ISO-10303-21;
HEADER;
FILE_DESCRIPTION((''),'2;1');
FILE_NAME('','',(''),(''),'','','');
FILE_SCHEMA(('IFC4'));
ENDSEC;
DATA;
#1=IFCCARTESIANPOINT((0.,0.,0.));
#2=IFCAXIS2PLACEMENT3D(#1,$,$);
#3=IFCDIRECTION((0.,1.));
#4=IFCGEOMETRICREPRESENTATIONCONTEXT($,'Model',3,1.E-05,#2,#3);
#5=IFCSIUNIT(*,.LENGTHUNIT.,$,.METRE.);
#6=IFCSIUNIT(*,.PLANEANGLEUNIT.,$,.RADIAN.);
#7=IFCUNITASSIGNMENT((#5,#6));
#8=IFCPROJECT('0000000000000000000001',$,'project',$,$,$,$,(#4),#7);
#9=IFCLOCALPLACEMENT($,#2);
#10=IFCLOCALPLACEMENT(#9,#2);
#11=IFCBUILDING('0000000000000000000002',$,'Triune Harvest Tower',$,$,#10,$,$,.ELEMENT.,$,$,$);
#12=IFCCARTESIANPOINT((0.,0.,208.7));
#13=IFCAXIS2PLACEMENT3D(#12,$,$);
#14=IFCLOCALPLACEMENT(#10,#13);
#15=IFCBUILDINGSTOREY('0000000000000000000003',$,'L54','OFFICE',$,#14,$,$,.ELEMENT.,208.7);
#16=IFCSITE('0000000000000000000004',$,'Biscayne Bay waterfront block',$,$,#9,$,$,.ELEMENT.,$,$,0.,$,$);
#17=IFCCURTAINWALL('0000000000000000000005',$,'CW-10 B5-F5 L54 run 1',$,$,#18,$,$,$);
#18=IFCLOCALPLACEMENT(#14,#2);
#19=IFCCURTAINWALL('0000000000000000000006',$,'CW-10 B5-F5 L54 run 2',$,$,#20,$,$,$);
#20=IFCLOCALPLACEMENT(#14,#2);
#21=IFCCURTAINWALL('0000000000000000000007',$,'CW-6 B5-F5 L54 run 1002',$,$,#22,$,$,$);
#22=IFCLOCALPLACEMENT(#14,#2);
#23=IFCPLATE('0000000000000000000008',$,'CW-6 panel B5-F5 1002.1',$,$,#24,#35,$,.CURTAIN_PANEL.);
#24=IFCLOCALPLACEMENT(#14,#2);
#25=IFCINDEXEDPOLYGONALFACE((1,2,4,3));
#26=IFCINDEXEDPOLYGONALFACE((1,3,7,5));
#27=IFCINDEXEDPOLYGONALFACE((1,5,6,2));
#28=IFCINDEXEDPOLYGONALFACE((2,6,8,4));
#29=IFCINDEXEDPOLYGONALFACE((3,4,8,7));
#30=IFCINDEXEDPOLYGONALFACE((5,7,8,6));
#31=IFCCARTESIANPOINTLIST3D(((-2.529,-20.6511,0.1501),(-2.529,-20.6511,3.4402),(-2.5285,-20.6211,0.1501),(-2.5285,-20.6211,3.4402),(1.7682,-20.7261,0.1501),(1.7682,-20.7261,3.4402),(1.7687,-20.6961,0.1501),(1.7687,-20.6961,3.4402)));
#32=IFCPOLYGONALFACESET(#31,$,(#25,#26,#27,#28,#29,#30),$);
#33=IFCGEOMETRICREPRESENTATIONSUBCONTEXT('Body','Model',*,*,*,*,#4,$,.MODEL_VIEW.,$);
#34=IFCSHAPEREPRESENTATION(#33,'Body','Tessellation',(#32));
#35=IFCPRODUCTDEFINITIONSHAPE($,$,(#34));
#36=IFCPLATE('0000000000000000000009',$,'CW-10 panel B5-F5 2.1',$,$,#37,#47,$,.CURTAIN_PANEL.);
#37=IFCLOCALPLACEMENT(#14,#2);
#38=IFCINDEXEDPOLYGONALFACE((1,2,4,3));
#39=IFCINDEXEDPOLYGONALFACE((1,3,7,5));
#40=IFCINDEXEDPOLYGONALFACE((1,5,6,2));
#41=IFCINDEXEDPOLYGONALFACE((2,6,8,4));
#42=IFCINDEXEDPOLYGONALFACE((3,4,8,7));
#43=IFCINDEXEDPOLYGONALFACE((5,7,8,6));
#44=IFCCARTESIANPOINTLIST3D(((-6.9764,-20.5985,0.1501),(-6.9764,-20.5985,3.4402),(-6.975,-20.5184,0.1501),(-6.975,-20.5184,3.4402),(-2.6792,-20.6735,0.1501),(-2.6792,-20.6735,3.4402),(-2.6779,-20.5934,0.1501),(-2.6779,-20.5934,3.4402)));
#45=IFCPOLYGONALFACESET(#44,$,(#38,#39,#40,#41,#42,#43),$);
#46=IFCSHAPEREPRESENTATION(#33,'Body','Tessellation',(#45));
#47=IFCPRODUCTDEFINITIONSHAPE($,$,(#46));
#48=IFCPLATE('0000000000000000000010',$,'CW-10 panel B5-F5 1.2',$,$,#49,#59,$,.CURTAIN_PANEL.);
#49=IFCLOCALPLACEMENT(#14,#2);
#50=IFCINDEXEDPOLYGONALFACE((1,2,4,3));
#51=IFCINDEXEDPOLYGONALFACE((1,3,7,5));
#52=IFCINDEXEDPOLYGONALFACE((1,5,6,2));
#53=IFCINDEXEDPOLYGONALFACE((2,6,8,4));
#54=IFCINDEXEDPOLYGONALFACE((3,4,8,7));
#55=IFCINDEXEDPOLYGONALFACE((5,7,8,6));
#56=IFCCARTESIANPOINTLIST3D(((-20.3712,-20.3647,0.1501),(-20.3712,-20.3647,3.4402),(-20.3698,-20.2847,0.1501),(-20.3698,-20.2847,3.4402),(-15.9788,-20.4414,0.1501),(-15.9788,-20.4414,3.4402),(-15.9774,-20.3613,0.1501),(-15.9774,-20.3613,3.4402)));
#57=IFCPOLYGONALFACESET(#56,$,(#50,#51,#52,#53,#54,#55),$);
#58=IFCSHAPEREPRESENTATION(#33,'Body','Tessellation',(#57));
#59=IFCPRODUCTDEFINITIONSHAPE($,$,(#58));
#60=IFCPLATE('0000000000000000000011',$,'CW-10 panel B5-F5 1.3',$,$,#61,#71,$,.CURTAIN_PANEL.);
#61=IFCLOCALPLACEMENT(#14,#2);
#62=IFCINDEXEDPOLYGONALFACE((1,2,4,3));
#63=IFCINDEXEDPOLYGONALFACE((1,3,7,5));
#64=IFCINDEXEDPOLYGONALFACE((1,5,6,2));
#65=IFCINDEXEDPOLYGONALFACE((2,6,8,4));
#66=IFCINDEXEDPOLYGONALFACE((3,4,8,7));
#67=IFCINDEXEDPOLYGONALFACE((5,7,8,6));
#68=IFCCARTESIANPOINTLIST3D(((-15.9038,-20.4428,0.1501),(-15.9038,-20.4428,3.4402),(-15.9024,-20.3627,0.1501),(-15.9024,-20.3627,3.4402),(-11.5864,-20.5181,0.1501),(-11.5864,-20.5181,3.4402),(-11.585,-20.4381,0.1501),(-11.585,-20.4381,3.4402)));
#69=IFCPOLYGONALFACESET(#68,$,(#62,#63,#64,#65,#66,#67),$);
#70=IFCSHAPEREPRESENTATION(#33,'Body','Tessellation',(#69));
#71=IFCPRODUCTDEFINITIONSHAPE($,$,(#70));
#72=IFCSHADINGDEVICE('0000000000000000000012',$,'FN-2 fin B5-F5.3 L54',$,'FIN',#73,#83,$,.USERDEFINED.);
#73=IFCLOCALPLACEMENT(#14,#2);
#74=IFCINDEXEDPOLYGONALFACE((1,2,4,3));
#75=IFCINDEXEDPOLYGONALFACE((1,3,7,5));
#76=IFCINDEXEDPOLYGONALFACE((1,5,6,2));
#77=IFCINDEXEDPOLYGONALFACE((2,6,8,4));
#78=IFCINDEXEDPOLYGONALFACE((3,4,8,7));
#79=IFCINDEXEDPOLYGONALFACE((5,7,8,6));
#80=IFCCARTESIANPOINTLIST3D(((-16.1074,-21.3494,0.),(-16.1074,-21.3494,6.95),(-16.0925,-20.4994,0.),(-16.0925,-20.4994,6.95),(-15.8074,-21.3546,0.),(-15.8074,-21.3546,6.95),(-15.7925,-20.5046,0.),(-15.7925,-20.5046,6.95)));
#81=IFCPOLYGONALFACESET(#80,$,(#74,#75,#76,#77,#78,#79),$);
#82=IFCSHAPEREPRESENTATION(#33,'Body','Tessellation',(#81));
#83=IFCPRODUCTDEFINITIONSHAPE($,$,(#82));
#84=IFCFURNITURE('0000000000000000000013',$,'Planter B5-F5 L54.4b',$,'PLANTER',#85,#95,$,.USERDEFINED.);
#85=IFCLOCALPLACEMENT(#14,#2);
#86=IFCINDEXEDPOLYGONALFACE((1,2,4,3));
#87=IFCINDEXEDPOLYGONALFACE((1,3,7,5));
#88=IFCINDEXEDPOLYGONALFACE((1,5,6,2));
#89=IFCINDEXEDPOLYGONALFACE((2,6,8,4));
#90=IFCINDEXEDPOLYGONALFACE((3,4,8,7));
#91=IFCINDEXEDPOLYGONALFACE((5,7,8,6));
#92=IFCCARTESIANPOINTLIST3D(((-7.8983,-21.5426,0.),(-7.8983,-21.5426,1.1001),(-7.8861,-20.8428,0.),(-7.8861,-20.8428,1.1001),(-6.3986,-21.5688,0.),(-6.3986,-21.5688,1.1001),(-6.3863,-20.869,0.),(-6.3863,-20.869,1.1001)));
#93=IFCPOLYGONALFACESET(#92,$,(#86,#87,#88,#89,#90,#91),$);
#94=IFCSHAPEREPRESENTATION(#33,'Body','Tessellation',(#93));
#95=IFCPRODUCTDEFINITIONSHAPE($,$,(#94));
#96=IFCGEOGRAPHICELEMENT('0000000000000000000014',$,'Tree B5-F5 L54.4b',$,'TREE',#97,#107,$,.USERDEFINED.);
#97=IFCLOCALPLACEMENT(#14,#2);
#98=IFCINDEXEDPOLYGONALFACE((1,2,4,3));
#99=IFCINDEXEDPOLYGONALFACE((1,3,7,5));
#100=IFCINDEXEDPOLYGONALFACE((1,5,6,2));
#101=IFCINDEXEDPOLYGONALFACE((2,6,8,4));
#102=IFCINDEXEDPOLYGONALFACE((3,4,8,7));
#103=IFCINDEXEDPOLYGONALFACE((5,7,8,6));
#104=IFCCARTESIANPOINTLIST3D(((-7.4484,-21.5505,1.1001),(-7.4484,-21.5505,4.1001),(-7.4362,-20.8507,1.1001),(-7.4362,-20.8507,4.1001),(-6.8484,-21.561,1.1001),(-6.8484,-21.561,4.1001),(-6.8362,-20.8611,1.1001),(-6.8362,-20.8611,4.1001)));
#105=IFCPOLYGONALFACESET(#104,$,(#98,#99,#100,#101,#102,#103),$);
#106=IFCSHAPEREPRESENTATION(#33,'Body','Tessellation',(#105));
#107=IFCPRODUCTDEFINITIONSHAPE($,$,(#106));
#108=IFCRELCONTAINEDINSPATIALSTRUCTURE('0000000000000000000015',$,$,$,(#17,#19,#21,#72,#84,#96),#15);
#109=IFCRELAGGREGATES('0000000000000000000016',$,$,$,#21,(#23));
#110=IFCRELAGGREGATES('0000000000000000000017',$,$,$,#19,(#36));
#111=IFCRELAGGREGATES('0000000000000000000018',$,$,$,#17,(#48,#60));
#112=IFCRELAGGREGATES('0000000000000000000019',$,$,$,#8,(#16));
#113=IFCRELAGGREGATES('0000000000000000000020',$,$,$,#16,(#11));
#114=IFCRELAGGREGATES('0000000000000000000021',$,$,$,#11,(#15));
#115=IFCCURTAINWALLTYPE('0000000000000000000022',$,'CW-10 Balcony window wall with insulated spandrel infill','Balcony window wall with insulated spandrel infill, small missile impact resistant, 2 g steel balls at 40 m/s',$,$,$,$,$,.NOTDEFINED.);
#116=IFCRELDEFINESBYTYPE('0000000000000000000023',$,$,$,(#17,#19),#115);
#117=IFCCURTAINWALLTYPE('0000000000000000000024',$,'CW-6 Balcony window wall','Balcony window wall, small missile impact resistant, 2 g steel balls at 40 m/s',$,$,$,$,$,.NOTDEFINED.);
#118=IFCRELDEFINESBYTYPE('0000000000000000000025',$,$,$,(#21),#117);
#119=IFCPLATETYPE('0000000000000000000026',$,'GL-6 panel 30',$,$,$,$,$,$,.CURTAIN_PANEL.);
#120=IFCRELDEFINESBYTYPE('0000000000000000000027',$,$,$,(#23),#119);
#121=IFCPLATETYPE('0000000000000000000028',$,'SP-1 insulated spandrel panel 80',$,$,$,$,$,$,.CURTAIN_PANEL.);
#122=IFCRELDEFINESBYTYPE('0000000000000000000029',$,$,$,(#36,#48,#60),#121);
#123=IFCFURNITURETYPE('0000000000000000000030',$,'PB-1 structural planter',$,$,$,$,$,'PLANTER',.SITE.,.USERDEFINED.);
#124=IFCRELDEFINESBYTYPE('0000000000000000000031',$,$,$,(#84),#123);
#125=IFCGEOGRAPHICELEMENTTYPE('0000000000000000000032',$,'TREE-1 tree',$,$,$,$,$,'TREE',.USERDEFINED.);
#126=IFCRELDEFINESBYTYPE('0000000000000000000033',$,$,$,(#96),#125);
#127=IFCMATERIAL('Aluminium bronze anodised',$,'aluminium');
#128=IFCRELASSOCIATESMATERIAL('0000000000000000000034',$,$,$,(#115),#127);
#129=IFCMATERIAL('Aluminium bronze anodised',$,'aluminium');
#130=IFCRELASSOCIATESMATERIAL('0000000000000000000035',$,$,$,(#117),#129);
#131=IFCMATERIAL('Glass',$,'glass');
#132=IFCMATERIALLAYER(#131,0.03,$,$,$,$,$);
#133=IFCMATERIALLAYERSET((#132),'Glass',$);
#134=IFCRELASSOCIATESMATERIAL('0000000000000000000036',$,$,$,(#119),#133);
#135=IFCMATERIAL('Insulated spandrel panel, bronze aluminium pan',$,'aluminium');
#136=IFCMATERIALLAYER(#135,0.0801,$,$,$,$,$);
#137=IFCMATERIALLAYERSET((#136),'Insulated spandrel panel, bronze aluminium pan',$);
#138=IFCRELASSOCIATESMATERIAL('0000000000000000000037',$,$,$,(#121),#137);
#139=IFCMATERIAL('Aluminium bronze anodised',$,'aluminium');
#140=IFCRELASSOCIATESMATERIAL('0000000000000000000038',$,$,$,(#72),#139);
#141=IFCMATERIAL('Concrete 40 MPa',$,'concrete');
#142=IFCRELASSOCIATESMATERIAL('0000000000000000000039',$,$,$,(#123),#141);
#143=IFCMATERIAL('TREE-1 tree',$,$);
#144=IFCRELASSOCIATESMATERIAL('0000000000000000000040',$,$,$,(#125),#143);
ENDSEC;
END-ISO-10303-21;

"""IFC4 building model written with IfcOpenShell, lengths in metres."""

from ifc_helpers import new_model, si_unit, direction, frame, origin, origin_2d, place, context, subcontext, project, spatial, rectangle, extrude, source, transform, mapped, material, layer, layer_set, type_object, element, aggregate, save


model = new_model("IFC4")

# Units and contexts
model_context = context("Model", 3, precision=1e-05, world=origin(), true_north=direction((0.0, 1.0)))
body_context = subcontext(model_context, "Body", "Model", "MODEL_VIEW")
ifc_project = project(units=[si_unit("LENGTHUNIT", "METRE"), si_unit("PLANEANGLEUNIT", "RADIAN")], contexts=[model_context])

# Site, building, storey
site_placement = place(None, origin())
site = spatial("IfcSite", under=ifc_project, at=site_placement, Name="Biscayne Bay waterfront block", CompositionType="ELEMENT", RefElevation=0.0)
building_placement = place(site_placement, origin())
building = spatial("IfcBuilding", under=site, at=building_placement, Name="Triune Harvest Tower", CompositionType="ELEMENT")
storey_placement = place(building_placement, frame((0.0, 0.0, 208.7)))
storey = spatial("IfcBuildingStorey", under=building, at=storey_placement, Name="L54", Description="OFFICE", CompositionType="ELEMENT", Elevation=208.7)

# Curtain walls
ifc_material_1 = material(Name="Aluminium bronze anodised", Category="aluminium")
curtain_wall_type_1 = type_object("IfcCurtainWallType", Name="CW-10 Balcony window wall with insulated spandrel infill", Description="Balcony window wall with insulated spandrel infill, small missile impact resistant, 2 g steel balls at 40 m/s", PredefinedType="NOTDEFINED", material=ifc_material_1)
curtain_wall_1_placement = place(storey_placement, origin())
curtain_wall_1 = element("IfcCurtainWall", 1, at=curtain_wall_1_placement, inside=storey, type_object=curtain_wall_type_1, Name="CW-10 B5-F5 L54 run 1")
curtain_wall_2_placement = place(storey_placement, origin())
curtain_wall_2 = element("IfcCurtainWall", 2, at=curtain_wall_2_placement, inside=storey, type_object=curtain_wall_type_1, Name="CW-10 B5-F5 L54 run 2")

# Curtain wall
ifc_material_2 = material(Name="Aluminium bronze anodised", Category="aluminium")
curtain_wall_type_2 = type_object("IfcCurtainWallType", Name="CW-6 Balcony window wall", Description="Balcony window wall, small missile impact resistant, 2 g steel balls at 40 m/s", PredefinedType="NOTDEFINED", material=ifc_material_2)
curtain_wall_3_placement = place(storey_placement, origin())
curtain_wall_3 = element("IfcCurtainWall", 3, at=curtain_wall_3_placement, inside=storey, type_object=curtain_wall_type_2, Name="CW-6 B5-F5 L54 run 1002")

# Plates
ifc_material_3 = material(Name="Glass", Category="glass")
ifc_layer_1 = layer(ifc_material_3, 0.03)
ifc_layer_set_1 = layer_set([ifc_layer_1], Name="Glass")
plate_type_1 = type_object("IfcPlateType", Name="GL-6 panel 30", PredefinedType="CURTAIN_PANEL", material=ifc_layer_set_1)
shared_shape_1 = source(origin(), body_context, "Body", "SweptSolid", [
    extrude(rectangle(XDim=4.2979, YDim=0.03, at=origin_2d()), origin(), (0.0, 0.0, 1.0), 3.29),
])
plate_1_placement = place(storey_placement, frame((-0.3801, -20.6736, 0.1501), z_axis=(0.0, 0.0, 1.0), x_axis=(0.999848, -0.017447, 0.0)))
plate_1 = element("IfcPlate", 4, at=plate_1_placement, type_object=plate_type_1, Name="CW-6 panel B5-F5 1002.1", PredefinedType="CURTAIN_PANEL", context=body_context, shape_type="MappedRepresentation", body=[
    mapped(shared_shape_1, transform((0.0, 0.0, 0.0), scale=1.0)),
])
aggregate(curtain_wall_3, [plate_1])
ifc_material_4 = material(Name="Insulated spandrel panel, bronze aluminium pan", Category="aluminium")
ifc_layer_2 = layer(ifc_material_4, 0.0801)
ifc_layer_set_2 = layer_set([ifc_layer_2], Name="Insulated spandrel panel, bronze aluminium pan")
plate_type_2 = type_object("IfcPlateType", Name="SP-1 insulated spandrel panel 80", PredefinedType="CURTAIN_PANEL", material=ifc_layer_set_2)
shared_shape_2 = source(origin(), body_context, "Body", "SweptSolid", [
    extrude(rectangle(XDim=4.2979, YDim=0.0801, at=origin_2d()), origin(), (0.0, 0.0, 1.0), 3.29),
])
plate_2_placement = place(storey_placement, frame((-4.8271, -20.5959, 0.1501), z_axis=(0.0, 0.0, 1.0), x_axis=(0.999848, -0.017451, 0.0)))
plate_2 = element("IfcPlate", 5, at=plate_2_placement, type_object=plate_type_2, Name="CW-10 panel B5-F5 2.1", PredefinedType="CURTAIN_PANEL", context=body_context, shape_type="MappedRepresentation", body=[
    mapped(shared_shape_2, transform((0.0, 0.0, 0.0), scale=1.0)),
])
aggregate(curtain_wall_2, [plate_2])
shared_shape_3 = source(origin(), body_context, "Body", "SweptSolid", [
    extrude(rectangle(XDim=4.3931, YDim=0.0801, at=origin_2d()), origin(), (0.0, 0.0, 1.0), 3.29),
])
plate_3_placement = place(storey_placement, frame((-18.1743, -20.363, 0.1501), z_axis=(0.0, 0.0, 1.0), x_axis=(0.999848, -0.017452, 0.0)))
plate_3 = element("IfcPlate", 6, at=plate_3_placement, type_object=plate_type_2, Name="CW-10 panel B5-F5 1.2", PredefinedType="CURTAIN_PANEL", context=body_context, shape_type="MappedRepresentation", body=[
    mapped(shared_shape_3, transform((0.0, 0.0, 0.0), scale=1.0)),
])
shared_shape_4 = source(origin(), body_context, "Body", "SweptSolid", [
    extrude(rectangle(XDim=4.3181, YDim=0.0801, at=origin_2d()), origin(), (0.0, 0.0, 1.0), 3.29),
])
plate_4_placement = place(storey_placement, frame((-13.7444, -20.4404, 0.1501), z_axis=(0.0, 0.0, 1.0), x_axis=(0.999848, -0.017452, 0.0)))
plate_4 = element("IfcPlate", 7, at=plate_4_placement, type_object=plate_type_2, Name="CW-10 panel B5-F5 1.3", PredefinedType="CURTAIN_PANEL", context=body_context, shape_type="MappedRepresentation", body=[
    mapped(shared_shape_4, transform((0.0, 0.0, 0.0), scale=1.0)),
])
aggregate(curtain_wall_1, [plate_3, plate_4])

# Shared definitions
ifc_material_5 = material(Name="Aluminium bronze anodised", Category="aluminium")

# Shading device
shared_shape_5 = source(origin(), body_context, "Body", "SweptSolid", [
    extrude(rectangle(XDim=0.3, YDim=0.8501, at=origin_2d()), origin(), (0.0, 0.0, 1.0), 6.95),
])
shading_device_placement = place(storey_placement, frame((-15.95, -20.927, 0.0), z_axis=(0.0, 0.0, 1.0), x_axis=(0.999848, -0.017452, 0.0)))
element("IfcShadingDevice", 8, at=shading_device_placement, inside=storey, material=ifc_material_5, Name="FN-2 fin B5-F5.3 L54", ObjectType="FIN", PredefinedType="USERDEFINED", context=body_context, shape_type="MappedRepresentation", body=[
    mapped(shared_shape_5, transform((0.0, 0.0, 0.0), scale=1.0)),
])

# Furniture
ifc_material_6 = material(Name="Concrete 40 MPa", Category="concrete")
furniture_type = type_object("IfcFurnitureType", Name="PB-1 structural planter", ElementType="PLANTER", AssemblyPlace="SITE", PredefinedType="USERDEFINED", material=ifc_material_6)
shared_shape_6 = source(origin(), body_context, "Body", "SweptSolid", [
    extrude(rectangle(XDim=1.5, YDim=0.7, at=origin_2d()), origin(), (0.0, 0.0, 1.0), 1.1001),
])
furniture_placement = place(storey_placement, frame((-7.1423, -21.2058, 0.0), z_axis=(0.0, 0.0, 1.0), x_axis=(0.999848, -0.017452, 0.0)))
element("IfcFurniture", 9, at=furniture_placement, inside=storey, type_object=furniture_type, Name="Planter B5-F5 L54.4b", ObjectType="PLANTER", PredefinedType="USERDEFINED", context=body_context, shape_type="MappedRepresentation", body=[
    mapped(shared_shape_6, transform((0.0, 0.0, 0.0), scale=1.0)),
])

# Geographic element
ifc_material_7 = material(Name="TREE-1 tree")
geographic_element_type = type_object("IfcGeographicElementType", Name="TREE-1 tree", ElementType="TREE", PredefinedType="USERDEFINED", material=ifc_material_7)
shared_shape_7 = source(origin(), body_context, "Body", "SweptSolid", [
    extrude(rectangle(XDim=0.6001, YDim=0.7, at=origin_2d()), origin(), (0.0, 0.0, 1.0), 3.0),
])
geographic_element_placement = place(storey_placement, frame((-7.1423, -21.2058, 1.1001), z_axis=(0.0, 0.0, 1.0), x_axis=(0.999848, -0.017452, 0.0)))
element("IfcGeographicElement", 10, at=geographic_element_placement, inside=storey, type_object=geographic_element_type, Name="Tree B5-F5 L54.4b", ObjectType="TREE", PredefinedType="USERDEFINED", context=body_context, shape_type="MappedRepresentation", body=[
    mapped(shared_shape_7, transform((0.0, 0.0, 0.0), scale=1.0)),
])

save(model, "model.ifc")
